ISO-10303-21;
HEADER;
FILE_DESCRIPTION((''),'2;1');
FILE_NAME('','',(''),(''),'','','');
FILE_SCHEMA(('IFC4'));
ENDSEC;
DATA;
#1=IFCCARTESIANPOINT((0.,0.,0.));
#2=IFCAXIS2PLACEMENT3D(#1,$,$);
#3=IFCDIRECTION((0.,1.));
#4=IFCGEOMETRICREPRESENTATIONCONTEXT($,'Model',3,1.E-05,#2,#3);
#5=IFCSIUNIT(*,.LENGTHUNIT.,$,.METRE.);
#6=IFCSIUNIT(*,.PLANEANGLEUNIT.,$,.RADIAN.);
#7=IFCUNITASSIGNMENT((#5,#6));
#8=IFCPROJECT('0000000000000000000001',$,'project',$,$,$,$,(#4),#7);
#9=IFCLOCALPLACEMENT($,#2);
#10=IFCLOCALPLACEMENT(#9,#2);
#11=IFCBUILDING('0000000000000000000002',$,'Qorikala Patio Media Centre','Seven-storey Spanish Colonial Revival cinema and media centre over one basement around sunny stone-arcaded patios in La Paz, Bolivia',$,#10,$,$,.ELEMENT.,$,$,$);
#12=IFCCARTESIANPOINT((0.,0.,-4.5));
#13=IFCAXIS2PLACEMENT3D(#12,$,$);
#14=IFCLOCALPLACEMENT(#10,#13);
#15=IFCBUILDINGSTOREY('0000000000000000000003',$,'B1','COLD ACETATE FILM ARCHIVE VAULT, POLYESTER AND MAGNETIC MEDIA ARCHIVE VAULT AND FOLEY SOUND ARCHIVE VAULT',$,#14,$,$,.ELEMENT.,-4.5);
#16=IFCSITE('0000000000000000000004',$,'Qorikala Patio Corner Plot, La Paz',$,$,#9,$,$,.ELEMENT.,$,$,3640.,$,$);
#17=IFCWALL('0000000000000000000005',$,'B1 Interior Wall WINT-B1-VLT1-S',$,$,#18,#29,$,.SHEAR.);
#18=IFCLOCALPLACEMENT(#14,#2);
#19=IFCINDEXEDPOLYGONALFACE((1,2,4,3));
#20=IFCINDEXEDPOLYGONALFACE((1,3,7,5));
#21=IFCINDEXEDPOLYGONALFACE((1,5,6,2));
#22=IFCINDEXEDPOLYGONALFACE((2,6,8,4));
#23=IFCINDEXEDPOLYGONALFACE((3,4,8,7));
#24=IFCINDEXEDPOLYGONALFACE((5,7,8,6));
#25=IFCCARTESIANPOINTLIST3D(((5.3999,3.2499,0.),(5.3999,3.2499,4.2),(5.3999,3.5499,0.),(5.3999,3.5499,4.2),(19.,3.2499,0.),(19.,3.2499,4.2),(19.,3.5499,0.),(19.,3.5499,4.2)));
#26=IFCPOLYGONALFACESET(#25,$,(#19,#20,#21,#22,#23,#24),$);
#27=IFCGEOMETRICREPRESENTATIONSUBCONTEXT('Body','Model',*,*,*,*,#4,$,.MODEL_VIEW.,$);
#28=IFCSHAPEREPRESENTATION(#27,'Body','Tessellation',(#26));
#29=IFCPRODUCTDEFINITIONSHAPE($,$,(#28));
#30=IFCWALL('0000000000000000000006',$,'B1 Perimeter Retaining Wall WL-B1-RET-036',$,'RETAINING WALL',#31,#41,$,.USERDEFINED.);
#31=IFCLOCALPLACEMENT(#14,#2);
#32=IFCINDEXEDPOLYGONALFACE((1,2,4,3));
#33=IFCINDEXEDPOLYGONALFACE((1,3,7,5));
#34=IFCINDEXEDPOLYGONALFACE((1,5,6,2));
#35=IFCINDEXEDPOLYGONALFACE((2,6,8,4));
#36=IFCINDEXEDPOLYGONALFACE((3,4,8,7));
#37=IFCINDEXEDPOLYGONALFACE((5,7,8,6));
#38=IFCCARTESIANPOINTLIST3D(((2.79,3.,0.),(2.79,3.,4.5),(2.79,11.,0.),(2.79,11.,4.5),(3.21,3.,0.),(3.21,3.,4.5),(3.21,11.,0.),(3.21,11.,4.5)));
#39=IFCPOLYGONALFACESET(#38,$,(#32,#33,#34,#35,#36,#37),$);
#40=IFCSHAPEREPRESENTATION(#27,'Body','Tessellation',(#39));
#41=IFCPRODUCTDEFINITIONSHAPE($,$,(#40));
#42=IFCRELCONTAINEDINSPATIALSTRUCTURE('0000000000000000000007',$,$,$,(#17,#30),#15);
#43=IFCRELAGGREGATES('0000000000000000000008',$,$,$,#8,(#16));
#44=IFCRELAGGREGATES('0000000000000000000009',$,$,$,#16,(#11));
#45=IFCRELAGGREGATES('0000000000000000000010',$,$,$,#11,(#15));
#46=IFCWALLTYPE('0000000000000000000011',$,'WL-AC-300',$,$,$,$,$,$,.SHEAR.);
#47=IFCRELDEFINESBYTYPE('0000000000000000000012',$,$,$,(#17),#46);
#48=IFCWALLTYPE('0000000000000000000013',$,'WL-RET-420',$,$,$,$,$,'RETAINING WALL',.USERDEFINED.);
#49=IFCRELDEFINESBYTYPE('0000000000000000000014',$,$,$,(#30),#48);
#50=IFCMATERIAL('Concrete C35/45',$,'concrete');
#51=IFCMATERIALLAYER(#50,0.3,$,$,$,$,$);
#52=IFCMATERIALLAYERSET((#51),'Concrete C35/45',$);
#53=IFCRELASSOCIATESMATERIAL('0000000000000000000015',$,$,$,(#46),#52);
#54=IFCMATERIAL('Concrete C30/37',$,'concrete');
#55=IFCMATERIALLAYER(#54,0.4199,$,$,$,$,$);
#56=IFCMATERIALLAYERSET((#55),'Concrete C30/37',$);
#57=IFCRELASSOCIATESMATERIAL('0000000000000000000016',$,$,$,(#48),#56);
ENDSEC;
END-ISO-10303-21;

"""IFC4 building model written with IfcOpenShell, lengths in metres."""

from ifc_helpers import new_model, si_unit, direction, frame, frame_2d, origin, place, context, subcontext, project, spatial, rectangle, extrude, material, layer, layer_set, type_object, element, save


model = new_model("IFC4")

# Units and contexts
model_context = context("Model", 3, precision=1e-05, world=origin(), true_north=direction((0.0, 1.0)))
body_context = subcontext(model_context, "Body", "Model", "MODEL_VIEW")
ifc_project = project(units=[si_unit("LENGTHUNIT", "METRE"), si_unit("PLANEANGLEUNIT", "RADIAN")], contexts=[model_context])

# Site, building, storey
site_placement = place(None, origin())
site = spatial("IfcSite", under=ifc_project, at=site_placement, Name="Qorikala Patio Corner Plot, La Paz", CompositionType="ELEMENT", RefElevation=3640.0)
building_placement = place(site_placement, origin())
building = spatial("IfcBuilding", under=site, at=building_placement, Name="Qorikala Patio Media Centre", Description="Seven-storey Spanish Colonial Revival cinema and media centre over one basement around sunny stone-arcaded patios in La Paz, Bolivia", CompositionType="ELEMENT")
storey_placement = place(building_placement, frame((0.0, 0.0, -4.5)))
storey = spatial("IfcBuildingStorey", under=building, at=storey_placement, Name="B1", Description="COLD ACETATE FILM ARCHIVE VAULT, POLYESTER AND MAGNETIC MEDIA ARCHIVE VAULT AND FOLEY SOUND ARCHIVE VAULT", CompositionType="ELEMENT", Elevation=-4.5)

# Shared definitions
ifc_material_1 = material(Name="Concrete C30/37", Category="concrete")

# Shared definitions
ifc_material_2 = material(Name="Concrete C35/45", Category="concrete")

# Walls
ifc_layer_1 = layer(ifc_material_2, 0.3)
ifc_layer_set_1 = layer_set([ifc_layer_1], Name="Concrete C35/45")
wall_type_1 = type_object("IfcWallType", Name="WL-AC-300", PredefinedType="SHEAR", material=ifc_layer_set_1)
wall_1_placement = place(storey_placement, frame((5.3999, 3.3999, 0.0), z_axis=(0.0, 0.0, 1.0), x_axis=(1.0, 0.0, 0.0)))
element("IfcWall", 1, at=wall_1_placement, inside=storey, type_object=wall_type_1, Name="B1 Interior Wall WINT-B1-VLT1-S", PredefinedType="SHEAR", context=body_context, shape_type="SweptSolid", body=[
    extrude(rectangle(XDim=13.6001, YDim=0.3, at=frame_2d((6.8, 0.0))), origin(), (0.0, 0.0, 1.0), 4.2),
])
ifc_layer_2 = layer(ifc_material_1, 0.4199)
ifc_layer_set_2 = layer_set([ifc_layer_2], Name="Concrete C30/37")
wall_type_2 = type_object("IfcWallType", Name="WL-RET-420", ElementType="RETAINING WALL", PredefinedType="USERDEFINED", material=ifc_layer_set_2)
wall_2_placement = place(storey_placement, frame((3.0, 3.0, 0.0), z_axis=(0.0, 0.0, 1.0), x_axis=(0.0, 1.0, 0.0)))
element("IfcWall", 2, at=wall_2_placement, inside=storey, type_object=wall_type_2, Name="B1 Perimeter Retaining Wall WL-B1-RET-036", ObjectType="RETAINING WALL", PredefinedType="USERDEFINED", context=body_context, shape_type="SweptSolid", body=[
    extrude(rectangle(XDim=8.0, YDim=0.4199, at=frame_2d((4.0, 0.0))), origin(), (0.0, 0.0, 1.0), 4.5),
])

save(model, "model.ifc")
